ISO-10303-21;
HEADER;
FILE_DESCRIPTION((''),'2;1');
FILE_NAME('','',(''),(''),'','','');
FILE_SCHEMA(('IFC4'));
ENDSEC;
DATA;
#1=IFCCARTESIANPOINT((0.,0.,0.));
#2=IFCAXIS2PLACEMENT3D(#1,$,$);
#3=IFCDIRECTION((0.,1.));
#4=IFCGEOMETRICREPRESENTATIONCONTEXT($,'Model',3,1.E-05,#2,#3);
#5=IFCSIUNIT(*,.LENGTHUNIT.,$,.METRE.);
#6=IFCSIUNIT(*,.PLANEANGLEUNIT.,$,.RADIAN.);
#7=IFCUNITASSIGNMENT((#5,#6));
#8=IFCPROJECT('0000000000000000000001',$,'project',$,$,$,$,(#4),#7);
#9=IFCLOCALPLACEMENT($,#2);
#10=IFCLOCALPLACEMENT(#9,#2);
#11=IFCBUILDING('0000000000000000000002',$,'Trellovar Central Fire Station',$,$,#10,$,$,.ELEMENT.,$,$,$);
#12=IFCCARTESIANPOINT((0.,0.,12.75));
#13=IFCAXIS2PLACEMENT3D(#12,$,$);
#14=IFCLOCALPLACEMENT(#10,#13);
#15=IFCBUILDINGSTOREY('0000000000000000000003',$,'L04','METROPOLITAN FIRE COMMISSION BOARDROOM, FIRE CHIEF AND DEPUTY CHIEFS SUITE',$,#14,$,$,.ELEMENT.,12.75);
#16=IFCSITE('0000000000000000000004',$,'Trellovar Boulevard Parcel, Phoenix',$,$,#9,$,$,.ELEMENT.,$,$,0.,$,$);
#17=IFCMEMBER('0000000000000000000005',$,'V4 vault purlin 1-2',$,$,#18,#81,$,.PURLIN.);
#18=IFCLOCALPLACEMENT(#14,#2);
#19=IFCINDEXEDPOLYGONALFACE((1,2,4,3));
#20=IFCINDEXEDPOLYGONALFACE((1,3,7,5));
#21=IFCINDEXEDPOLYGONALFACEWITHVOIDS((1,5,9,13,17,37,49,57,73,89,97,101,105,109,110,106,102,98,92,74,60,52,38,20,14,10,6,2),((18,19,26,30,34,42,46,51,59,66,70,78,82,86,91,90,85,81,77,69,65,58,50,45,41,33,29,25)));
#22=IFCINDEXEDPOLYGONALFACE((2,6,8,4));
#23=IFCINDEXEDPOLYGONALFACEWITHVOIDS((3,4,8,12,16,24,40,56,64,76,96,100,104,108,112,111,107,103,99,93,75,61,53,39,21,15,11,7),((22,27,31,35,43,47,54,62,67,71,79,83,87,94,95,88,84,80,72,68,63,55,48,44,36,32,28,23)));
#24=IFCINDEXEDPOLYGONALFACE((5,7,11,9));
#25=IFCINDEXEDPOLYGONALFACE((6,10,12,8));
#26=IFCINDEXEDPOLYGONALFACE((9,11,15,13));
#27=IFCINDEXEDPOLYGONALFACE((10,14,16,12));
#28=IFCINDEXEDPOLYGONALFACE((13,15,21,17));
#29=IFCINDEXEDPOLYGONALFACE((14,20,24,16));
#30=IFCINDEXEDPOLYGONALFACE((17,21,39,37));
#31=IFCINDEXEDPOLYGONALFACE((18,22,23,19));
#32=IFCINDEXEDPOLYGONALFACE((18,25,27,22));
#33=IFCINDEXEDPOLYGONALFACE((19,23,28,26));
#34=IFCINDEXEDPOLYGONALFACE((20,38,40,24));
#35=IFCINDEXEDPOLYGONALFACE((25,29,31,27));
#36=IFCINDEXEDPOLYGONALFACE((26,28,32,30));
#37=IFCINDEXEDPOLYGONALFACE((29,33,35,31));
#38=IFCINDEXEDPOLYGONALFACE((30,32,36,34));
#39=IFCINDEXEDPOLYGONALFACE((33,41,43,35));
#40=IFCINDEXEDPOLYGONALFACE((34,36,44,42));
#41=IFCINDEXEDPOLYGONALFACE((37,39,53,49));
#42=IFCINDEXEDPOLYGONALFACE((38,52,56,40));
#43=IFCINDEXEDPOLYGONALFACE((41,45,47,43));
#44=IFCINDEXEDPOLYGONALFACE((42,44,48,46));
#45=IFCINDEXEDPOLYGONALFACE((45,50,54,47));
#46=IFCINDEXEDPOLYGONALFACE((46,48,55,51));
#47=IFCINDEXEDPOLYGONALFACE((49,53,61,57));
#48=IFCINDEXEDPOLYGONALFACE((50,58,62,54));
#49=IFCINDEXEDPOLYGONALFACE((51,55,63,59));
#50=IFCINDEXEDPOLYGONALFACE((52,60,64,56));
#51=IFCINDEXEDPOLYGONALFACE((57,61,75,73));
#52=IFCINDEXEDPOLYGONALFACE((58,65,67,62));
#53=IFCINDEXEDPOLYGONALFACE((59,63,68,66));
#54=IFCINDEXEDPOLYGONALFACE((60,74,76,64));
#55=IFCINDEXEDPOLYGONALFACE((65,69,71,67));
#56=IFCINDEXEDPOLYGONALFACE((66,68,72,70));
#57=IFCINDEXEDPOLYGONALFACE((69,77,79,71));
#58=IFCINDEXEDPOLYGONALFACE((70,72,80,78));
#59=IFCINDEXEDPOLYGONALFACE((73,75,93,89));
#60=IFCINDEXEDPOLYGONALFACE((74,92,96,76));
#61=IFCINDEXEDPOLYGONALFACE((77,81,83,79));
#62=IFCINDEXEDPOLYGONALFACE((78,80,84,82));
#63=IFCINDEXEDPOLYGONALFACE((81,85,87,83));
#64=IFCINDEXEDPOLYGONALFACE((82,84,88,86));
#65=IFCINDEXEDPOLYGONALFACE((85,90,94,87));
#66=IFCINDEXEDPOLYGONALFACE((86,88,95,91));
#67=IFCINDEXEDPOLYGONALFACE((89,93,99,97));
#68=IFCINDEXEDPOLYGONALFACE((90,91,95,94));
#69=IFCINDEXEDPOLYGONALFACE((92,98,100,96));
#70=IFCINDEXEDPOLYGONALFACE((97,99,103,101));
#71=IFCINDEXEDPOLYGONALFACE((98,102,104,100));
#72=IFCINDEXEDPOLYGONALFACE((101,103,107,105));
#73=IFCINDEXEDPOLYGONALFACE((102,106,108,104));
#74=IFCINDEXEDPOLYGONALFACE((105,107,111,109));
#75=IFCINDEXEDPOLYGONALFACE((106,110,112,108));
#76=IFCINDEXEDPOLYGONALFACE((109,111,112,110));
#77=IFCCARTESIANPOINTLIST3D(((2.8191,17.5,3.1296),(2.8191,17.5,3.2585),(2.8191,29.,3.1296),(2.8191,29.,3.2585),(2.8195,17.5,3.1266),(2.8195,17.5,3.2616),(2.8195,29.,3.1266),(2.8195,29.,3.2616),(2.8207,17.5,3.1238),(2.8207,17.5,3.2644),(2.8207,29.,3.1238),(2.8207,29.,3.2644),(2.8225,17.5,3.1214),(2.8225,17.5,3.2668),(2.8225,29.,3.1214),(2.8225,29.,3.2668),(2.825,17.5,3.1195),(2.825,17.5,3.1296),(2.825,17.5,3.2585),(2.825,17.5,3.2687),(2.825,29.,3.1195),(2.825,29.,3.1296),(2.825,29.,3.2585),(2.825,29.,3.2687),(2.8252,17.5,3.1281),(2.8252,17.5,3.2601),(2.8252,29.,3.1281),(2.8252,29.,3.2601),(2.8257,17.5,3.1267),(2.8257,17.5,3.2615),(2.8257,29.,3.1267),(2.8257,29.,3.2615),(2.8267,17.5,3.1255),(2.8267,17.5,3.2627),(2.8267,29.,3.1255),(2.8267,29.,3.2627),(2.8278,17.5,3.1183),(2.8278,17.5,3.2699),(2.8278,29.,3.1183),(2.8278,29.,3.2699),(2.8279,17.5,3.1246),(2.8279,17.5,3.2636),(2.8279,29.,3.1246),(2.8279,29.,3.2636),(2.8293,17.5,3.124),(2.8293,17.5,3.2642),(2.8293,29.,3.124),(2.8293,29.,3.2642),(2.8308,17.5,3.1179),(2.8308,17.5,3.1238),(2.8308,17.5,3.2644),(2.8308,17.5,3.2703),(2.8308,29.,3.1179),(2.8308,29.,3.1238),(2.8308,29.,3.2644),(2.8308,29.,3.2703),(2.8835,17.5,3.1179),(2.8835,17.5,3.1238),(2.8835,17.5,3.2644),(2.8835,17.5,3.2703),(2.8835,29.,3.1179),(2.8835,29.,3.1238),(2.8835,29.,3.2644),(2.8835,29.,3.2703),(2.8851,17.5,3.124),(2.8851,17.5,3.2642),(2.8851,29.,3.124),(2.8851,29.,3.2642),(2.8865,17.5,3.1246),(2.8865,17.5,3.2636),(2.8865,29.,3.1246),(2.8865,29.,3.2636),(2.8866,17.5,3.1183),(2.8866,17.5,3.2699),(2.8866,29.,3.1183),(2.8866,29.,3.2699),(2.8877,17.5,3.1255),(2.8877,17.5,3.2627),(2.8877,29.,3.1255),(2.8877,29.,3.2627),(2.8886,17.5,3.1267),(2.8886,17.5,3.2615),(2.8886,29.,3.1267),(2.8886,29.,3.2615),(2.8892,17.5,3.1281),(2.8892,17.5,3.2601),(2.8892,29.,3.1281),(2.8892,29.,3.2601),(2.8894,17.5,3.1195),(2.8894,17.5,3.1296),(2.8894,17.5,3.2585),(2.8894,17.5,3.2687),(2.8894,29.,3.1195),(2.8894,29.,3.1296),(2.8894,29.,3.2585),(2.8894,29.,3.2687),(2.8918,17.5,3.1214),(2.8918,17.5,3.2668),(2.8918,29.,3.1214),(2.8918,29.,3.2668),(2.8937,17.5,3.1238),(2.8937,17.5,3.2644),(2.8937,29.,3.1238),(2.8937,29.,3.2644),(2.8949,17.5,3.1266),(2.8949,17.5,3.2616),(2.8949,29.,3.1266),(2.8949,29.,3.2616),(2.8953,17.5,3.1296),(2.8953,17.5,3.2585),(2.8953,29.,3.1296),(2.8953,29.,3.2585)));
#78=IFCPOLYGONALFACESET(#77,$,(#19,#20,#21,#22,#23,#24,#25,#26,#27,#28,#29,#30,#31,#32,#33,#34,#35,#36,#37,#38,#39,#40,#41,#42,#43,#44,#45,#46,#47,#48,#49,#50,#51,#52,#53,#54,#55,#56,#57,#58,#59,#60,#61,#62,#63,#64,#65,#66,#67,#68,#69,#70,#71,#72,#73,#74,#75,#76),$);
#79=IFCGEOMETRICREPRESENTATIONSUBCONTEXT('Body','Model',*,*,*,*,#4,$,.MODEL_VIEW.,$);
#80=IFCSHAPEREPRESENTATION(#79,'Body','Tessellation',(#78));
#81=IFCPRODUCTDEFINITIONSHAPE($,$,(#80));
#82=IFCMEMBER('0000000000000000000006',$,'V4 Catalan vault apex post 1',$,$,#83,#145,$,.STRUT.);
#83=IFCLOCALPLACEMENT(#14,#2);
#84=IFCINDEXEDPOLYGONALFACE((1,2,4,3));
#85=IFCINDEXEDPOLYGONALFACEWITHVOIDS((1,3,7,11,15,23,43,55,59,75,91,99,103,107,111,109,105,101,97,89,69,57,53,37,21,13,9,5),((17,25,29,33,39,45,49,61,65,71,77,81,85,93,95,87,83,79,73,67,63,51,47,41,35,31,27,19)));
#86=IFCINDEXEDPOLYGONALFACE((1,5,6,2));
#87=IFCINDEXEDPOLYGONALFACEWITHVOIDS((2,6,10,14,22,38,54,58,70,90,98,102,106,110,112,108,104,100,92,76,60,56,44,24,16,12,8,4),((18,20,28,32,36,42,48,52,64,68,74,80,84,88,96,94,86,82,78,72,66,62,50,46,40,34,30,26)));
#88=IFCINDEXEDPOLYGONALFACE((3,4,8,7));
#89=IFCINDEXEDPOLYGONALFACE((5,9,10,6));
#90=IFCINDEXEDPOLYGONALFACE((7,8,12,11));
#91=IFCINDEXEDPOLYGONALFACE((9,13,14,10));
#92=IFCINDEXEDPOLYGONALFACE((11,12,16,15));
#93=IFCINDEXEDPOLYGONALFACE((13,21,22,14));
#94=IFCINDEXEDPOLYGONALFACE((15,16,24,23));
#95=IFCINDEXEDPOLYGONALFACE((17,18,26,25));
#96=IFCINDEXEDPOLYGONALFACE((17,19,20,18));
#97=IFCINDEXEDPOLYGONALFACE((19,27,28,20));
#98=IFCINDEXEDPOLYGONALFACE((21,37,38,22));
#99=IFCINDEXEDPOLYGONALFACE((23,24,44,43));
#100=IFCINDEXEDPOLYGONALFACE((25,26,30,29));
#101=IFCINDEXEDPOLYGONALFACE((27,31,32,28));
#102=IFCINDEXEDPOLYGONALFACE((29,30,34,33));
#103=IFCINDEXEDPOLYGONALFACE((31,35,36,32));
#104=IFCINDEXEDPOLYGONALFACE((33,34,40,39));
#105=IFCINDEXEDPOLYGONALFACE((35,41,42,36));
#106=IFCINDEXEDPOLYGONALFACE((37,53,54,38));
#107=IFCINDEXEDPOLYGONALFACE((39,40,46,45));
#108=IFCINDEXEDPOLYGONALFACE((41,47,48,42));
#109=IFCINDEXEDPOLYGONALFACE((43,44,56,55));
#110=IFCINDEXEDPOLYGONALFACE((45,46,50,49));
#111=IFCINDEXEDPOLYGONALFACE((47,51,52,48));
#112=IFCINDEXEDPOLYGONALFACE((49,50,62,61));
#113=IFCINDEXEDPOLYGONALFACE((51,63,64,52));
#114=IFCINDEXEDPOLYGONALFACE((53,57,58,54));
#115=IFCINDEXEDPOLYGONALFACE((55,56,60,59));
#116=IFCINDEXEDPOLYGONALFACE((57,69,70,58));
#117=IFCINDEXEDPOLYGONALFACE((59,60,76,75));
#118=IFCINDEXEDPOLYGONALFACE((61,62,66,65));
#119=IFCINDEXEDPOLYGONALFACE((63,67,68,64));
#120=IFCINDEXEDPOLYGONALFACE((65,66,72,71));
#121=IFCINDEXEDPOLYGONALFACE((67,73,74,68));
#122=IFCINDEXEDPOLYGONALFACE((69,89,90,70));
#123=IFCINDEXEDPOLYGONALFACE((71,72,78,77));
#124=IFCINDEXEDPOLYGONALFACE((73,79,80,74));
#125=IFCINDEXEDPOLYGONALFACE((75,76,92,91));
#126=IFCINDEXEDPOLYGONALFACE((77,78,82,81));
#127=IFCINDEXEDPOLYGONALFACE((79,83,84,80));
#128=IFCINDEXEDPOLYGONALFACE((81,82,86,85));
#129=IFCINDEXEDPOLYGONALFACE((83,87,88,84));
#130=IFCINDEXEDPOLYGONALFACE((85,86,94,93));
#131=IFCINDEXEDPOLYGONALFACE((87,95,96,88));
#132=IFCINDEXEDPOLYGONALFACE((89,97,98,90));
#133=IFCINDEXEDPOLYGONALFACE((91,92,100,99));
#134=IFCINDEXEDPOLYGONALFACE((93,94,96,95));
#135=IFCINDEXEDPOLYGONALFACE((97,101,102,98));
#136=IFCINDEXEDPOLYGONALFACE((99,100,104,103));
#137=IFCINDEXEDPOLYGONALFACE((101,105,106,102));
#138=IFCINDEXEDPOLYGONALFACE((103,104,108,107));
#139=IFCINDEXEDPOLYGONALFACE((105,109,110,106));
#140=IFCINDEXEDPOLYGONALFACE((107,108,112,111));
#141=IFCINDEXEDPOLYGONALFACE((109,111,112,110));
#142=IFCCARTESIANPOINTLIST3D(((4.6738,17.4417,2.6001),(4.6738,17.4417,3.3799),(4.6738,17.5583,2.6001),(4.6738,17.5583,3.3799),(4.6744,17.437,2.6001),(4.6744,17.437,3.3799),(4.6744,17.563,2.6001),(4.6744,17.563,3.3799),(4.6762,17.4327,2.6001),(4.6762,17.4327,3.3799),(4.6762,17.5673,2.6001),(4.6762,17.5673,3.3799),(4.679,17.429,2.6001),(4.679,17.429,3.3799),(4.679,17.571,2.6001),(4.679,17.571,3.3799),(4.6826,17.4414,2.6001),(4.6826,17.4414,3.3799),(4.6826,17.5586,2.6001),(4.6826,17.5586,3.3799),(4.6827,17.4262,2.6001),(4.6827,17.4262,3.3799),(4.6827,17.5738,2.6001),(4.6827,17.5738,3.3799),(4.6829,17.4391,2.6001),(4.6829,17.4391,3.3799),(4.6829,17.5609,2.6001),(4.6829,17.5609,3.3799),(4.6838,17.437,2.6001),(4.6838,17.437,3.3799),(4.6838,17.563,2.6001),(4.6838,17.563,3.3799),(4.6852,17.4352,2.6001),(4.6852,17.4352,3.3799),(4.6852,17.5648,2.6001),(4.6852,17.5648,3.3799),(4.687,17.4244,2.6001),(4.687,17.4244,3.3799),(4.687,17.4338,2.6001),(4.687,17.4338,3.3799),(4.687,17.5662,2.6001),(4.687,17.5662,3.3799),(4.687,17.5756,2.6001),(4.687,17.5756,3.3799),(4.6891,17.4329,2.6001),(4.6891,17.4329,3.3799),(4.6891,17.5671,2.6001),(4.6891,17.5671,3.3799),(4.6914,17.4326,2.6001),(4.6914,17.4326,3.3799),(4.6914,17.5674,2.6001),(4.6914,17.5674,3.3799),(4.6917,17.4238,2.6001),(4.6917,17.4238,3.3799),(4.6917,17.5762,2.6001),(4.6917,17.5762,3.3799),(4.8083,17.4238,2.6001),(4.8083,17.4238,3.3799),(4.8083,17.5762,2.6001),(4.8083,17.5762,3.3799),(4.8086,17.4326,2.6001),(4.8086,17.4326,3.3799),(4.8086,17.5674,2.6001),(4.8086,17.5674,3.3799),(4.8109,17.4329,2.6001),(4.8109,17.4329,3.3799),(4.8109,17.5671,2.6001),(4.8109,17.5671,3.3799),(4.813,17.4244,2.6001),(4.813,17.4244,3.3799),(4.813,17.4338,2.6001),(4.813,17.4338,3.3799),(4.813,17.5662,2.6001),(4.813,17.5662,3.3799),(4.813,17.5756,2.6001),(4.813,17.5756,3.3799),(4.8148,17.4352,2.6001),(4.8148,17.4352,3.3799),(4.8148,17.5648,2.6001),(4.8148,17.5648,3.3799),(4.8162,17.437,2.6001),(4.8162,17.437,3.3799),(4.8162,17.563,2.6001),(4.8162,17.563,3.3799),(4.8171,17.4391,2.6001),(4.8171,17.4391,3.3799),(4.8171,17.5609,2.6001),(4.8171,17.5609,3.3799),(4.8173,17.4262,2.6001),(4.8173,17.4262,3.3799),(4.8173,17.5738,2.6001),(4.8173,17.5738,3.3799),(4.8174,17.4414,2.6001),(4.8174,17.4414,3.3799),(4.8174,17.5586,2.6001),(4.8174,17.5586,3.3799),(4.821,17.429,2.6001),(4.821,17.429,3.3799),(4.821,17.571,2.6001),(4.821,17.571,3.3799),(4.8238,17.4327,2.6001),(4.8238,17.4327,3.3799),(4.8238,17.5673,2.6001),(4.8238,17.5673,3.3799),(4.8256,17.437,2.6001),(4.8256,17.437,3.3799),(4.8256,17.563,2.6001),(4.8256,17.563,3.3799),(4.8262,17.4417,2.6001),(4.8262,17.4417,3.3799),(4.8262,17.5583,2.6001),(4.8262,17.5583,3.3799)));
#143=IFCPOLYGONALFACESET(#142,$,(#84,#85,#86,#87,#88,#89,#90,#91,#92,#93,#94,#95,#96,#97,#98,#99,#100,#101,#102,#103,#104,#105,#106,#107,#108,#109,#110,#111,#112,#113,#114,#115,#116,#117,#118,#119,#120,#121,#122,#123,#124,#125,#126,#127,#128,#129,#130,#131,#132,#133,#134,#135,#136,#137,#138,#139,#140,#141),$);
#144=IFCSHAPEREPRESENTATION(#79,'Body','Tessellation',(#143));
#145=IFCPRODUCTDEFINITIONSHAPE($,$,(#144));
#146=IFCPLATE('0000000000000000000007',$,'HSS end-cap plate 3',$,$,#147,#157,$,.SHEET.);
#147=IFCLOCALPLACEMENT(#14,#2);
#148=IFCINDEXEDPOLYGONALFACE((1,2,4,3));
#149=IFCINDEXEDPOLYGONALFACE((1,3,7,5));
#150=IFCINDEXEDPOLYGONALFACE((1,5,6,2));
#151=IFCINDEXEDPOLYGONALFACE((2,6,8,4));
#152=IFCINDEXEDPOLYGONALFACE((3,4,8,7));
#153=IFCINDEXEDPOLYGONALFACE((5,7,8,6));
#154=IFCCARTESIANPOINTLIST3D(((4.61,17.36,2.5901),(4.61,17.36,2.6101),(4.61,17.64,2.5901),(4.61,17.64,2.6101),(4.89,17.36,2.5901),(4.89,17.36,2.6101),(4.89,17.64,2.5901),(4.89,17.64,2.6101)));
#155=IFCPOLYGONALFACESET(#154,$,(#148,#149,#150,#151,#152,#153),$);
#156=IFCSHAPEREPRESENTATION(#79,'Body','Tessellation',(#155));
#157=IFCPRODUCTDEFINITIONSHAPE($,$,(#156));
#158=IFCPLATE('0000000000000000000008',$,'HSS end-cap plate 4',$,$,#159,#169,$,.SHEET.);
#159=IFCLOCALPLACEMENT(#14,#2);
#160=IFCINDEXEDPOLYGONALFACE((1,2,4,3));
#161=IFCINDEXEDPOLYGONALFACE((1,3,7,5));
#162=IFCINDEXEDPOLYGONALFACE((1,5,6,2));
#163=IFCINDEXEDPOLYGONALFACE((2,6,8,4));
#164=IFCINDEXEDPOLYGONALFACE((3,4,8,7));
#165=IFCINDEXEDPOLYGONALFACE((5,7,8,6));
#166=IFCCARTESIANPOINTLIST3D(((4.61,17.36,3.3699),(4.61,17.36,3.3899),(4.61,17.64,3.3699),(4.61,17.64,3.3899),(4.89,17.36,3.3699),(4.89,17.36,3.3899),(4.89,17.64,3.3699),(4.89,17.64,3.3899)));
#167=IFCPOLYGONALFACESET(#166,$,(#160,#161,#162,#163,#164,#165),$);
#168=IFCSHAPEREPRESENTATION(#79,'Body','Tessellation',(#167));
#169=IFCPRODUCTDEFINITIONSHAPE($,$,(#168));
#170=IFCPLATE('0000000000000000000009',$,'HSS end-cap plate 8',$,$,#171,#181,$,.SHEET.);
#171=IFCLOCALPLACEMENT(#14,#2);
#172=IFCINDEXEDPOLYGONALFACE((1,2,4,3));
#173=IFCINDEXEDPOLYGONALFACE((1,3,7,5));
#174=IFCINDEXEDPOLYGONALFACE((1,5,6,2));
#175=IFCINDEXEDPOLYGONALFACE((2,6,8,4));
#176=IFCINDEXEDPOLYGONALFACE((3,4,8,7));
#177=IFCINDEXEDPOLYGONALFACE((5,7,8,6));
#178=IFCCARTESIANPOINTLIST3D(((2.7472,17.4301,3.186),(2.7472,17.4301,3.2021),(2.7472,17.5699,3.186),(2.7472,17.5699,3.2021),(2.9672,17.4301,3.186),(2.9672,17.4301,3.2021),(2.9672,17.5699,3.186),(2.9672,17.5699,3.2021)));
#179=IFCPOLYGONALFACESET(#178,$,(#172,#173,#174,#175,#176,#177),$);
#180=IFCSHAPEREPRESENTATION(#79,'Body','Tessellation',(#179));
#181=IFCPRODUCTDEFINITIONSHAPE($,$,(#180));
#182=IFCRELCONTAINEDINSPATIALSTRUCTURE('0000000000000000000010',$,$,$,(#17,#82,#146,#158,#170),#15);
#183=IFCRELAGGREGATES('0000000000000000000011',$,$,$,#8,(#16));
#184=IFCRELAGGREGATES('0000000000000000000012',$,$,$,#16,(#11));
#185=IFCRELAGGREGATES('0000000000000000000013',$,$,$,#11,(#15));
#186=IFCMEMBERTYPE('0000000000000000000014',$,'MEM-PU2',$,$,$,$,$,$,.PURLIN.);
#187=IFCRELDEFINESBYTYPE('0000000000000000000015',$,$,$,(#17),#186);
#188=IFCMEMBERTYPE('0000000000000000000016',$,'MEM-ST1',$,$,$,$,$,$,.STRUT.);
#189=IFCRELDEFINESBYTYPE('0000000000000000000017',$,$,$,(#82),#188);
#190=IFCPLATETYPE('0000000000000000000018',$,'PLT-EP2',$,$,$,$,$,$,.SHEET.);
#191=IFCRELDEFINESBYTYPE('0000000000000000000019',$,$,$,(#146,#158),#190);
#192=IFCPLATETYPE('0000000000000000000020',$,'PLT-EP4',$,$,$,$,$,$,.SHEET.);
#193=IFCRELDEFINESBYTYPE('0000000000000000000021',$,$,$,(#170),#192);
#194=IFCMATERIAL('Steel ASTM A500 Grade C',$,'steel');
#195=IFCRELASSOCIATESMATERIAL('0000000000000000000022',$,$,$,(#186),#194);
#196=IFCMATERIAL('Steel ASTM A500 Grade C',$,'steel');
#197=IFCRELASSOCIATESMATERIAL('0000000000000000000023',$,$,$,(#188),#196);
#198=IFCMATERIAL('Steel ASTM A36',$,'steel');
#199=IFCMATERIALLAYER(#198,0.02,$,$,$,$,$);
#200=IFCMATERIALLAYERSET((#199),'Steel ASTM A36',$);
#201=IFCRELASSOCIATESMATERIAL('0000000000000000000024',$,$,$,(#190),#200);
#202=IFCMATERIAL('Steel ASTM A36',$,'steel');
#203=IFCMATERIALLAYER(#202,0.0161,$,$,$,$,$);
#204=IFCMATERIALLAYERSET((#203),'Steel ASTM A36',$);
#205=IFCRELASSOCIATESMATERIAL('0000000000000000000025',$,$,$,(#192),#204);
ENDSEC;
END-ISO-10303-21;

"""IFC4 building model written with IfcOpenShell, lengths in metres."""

from ifc_helpers import new_model, si_unit, direction, frame, origin, origin_2d, place, context, subcontext, project, spatial, rectangle, hollow_rectangle, extrude, material, layer, layer_set, material_profile, profile_set, type_object, element, save


model = new_model("IFC4")

# Units and contexts
model_context = context("Model", 3, precision=1e-05, world=origin(), true_north=direction((0.0, 1.0)))
body_context = subcontext(model_context, "Body", "Model", "MODEL_VIEW")
ifc_project = project(units=[si_unit("LENGTHUNIT", "METRE"), si_unit("PLANEANGLEUNIT", "RADIAN")], contexts=[model_context])

# Site, building, storey
site_placement = place(None, origin())
site = spatial("IfcSite", under=ifc_project, at=site_placement, Name="Trellovar Boulevard Parcel, Phoenix", CompositionType="ELEMENT", RefElevation=0.0)
building_placement = place(site_placement, origin())
building = spatial("IfcBuilding", under=site, at=building_placement, Name="Trellovar Central Fire Station", CompositionType="ELEMENT")
storey_placement = place(building_placement, frame((0.0, 0.0, 12.75)))
storey = spatial("IfcBuildingStorey", under=building, at=storey_placement, Name="L04", Description="METROPOLITAN FIRE COMMISSION BOARDROOM, FIRE CHIEF AND DEPUTY CHIEFS SUITE", CompositionType="ELEMENT", Elevation=12.75)

# Members
ifc_material_1 = material(Name="Steel ASTM A500 Grade C", Category="steel")
ifc_material_profile_1 = material_profile(ifc_material_1, hollow_rectangle(XDim=0.0762, YDim=0.1523, WallThickness=0.0059, InnerFilletRadius=0.0059, OuterFilletRadius=0.0117, at=origin_2d()), Name="HSS6X3X1/4")
ifc_profile_set_1 = profile_set([ifc_material_profile_1], Name="Steel ASTM A500 Grade C")
member_type_1 = type_object("IfcMemberType", Name="MEM-PU2", PredefinedType="PURLIN", material=ifc_profile_set_1)
member_1_placement = place(storey_placement, frame((2.8572, 17.5, 3.1941), z_axis=(0.0, 1.0, 0.0), x_axis=(-1.0, 0.0, 0.0)))
element("IfcMember", 1, at=member_1_placement, inside=storey, type_object=member_type_1, Name="V4 vault purlin 1-2", PredefinedType="PURLIN", context=body_context, shape_type="SweptSolid", body=[
    extrude(hollow_rectangle(XDim=0.0762, YDim=0.1523, WallThickness=0.0059, InnerFilletRadius=0.0059, OuterFilletRadius=0.0117, at=origin_2d()), origin(), (0.0, 0.0, 1.0), 11.5),
])
ifc_material_2 = material(Name="Steel ASTM A500 Grade C", Category="steel")
ifc_material_profile_2 = material_profile(ifc_material_2, hollow_rectangle(XDim=0.1523, YDim=0.1523, WallThickness=0.0088, InnerFilletRadius=0.0088, OuterFilletRadius=0.0178, at=origin_2d()), Name="HSS6X6X3/8")
ifc_profile_set_2 = profile_set([ifc_material_profile_2], Name="Steel ASTM A500 Grade C")
member_type_2 = type_object("IfcMemberType", Name="MEM-ST1", PredefinedType="STRUT", material=ifc_profile_set_2)
member_2_placement = place(storey_placement, frame((4.75, 17.5, 2.6001), z_axis=(0.0, 0.0, 1.0), x_axis=(1.0, 0.0, 0.0)))
element("IfcMember", 2, at=member_2_placement, inside=storey, type_object=member_type_2, Name="V4 Catalan vault apex post 1", PredefinedType="STRUT", context=body_context, shape_type="SweptSolid", body=[
    extrude(hollow_rectangle(XDim=0.1523, YDim=0.1523, WallThickness=0.0088, InnerFilletRadius=0.0088, OuterFilletRadius=0.0178, at=origin_2d()), origin(), (0.0, 0.0, 1.0), 0.7798),
])

# Plates
ifc_material_3 = material(Name="Steel ASTM A36", Category="steel")
ifc_layer_1 = layer(ifc_material_3, 0.02)
ifc_layer_set_1 = layer_set([ifc_layer_1], Name="Steel ASTM A36")
plate_type_1 = type_object("IfcPlateType", Name="PLT-EP2", PredefinedType="SHEET", material=ifc_layer_set_1)
for number, where, z_axis, x_axis, name in (
    (3, (4.75, 17.5, 2.5901), (0.0, 0.0, 1.0), (1.0, 0.0, 0.0), "HSS end-cap plate 3"),
    (4, (4.75, 17.5, 3.3699), (0.0, 0.0, 1.0), (1.0, 0.0, 0.0), "HSS end-cap plate 4"),
):
    element("IfcPlate", number, at=place(storey_placement, frame(where, z_axis=z_axis, x_axis=x_axis)), inside=storey, type_object=plate_type_1, Name=name, PredefinedType="SHEET", context=body_context, shape_type="SweptSolid", body=[
        extrude(rectangle(XDim=0.28, YDim=0.28, at=origin_2d()), origin(), (0.0, 0.0, 1.0), 0.02),
    ])
ifc_material_4 = material(Name="Steel ASTM A36", Category="steel")
ifc_layer_2 = layer(ifc_material_4, 0.0161)
ifc_layer_set_2 = layer_set([ifc_layer_2], Name="Steel ASTM A36")
plate_type_2 = type_object("IfcPlateType", Name="PLT-EP4", PredefinedType="SHEET", material=ifc_layer_set_2)
plate_placement = place(storey_placement, frame((2.8572, 17.5, 3.186), z_axis=(0.0, 0.0, 1.0), x_axis=(1.0, 0.0, 0.0)))
element("IfcPlate", 5, at=plate_placement, inside=storey, type_object=plate_type_2, Name="HSS end-cap plate 8", PredefinedType="SHEET", context=body_context, shape_type="SweptSolid", body=[
    extrude(rectangle(XDim=0.22, YDim=0.1399, at=origin_2d()), origin(), (0.0, 0.0, 1.0), 0.0161),
])

save(model, "model.ifc")
